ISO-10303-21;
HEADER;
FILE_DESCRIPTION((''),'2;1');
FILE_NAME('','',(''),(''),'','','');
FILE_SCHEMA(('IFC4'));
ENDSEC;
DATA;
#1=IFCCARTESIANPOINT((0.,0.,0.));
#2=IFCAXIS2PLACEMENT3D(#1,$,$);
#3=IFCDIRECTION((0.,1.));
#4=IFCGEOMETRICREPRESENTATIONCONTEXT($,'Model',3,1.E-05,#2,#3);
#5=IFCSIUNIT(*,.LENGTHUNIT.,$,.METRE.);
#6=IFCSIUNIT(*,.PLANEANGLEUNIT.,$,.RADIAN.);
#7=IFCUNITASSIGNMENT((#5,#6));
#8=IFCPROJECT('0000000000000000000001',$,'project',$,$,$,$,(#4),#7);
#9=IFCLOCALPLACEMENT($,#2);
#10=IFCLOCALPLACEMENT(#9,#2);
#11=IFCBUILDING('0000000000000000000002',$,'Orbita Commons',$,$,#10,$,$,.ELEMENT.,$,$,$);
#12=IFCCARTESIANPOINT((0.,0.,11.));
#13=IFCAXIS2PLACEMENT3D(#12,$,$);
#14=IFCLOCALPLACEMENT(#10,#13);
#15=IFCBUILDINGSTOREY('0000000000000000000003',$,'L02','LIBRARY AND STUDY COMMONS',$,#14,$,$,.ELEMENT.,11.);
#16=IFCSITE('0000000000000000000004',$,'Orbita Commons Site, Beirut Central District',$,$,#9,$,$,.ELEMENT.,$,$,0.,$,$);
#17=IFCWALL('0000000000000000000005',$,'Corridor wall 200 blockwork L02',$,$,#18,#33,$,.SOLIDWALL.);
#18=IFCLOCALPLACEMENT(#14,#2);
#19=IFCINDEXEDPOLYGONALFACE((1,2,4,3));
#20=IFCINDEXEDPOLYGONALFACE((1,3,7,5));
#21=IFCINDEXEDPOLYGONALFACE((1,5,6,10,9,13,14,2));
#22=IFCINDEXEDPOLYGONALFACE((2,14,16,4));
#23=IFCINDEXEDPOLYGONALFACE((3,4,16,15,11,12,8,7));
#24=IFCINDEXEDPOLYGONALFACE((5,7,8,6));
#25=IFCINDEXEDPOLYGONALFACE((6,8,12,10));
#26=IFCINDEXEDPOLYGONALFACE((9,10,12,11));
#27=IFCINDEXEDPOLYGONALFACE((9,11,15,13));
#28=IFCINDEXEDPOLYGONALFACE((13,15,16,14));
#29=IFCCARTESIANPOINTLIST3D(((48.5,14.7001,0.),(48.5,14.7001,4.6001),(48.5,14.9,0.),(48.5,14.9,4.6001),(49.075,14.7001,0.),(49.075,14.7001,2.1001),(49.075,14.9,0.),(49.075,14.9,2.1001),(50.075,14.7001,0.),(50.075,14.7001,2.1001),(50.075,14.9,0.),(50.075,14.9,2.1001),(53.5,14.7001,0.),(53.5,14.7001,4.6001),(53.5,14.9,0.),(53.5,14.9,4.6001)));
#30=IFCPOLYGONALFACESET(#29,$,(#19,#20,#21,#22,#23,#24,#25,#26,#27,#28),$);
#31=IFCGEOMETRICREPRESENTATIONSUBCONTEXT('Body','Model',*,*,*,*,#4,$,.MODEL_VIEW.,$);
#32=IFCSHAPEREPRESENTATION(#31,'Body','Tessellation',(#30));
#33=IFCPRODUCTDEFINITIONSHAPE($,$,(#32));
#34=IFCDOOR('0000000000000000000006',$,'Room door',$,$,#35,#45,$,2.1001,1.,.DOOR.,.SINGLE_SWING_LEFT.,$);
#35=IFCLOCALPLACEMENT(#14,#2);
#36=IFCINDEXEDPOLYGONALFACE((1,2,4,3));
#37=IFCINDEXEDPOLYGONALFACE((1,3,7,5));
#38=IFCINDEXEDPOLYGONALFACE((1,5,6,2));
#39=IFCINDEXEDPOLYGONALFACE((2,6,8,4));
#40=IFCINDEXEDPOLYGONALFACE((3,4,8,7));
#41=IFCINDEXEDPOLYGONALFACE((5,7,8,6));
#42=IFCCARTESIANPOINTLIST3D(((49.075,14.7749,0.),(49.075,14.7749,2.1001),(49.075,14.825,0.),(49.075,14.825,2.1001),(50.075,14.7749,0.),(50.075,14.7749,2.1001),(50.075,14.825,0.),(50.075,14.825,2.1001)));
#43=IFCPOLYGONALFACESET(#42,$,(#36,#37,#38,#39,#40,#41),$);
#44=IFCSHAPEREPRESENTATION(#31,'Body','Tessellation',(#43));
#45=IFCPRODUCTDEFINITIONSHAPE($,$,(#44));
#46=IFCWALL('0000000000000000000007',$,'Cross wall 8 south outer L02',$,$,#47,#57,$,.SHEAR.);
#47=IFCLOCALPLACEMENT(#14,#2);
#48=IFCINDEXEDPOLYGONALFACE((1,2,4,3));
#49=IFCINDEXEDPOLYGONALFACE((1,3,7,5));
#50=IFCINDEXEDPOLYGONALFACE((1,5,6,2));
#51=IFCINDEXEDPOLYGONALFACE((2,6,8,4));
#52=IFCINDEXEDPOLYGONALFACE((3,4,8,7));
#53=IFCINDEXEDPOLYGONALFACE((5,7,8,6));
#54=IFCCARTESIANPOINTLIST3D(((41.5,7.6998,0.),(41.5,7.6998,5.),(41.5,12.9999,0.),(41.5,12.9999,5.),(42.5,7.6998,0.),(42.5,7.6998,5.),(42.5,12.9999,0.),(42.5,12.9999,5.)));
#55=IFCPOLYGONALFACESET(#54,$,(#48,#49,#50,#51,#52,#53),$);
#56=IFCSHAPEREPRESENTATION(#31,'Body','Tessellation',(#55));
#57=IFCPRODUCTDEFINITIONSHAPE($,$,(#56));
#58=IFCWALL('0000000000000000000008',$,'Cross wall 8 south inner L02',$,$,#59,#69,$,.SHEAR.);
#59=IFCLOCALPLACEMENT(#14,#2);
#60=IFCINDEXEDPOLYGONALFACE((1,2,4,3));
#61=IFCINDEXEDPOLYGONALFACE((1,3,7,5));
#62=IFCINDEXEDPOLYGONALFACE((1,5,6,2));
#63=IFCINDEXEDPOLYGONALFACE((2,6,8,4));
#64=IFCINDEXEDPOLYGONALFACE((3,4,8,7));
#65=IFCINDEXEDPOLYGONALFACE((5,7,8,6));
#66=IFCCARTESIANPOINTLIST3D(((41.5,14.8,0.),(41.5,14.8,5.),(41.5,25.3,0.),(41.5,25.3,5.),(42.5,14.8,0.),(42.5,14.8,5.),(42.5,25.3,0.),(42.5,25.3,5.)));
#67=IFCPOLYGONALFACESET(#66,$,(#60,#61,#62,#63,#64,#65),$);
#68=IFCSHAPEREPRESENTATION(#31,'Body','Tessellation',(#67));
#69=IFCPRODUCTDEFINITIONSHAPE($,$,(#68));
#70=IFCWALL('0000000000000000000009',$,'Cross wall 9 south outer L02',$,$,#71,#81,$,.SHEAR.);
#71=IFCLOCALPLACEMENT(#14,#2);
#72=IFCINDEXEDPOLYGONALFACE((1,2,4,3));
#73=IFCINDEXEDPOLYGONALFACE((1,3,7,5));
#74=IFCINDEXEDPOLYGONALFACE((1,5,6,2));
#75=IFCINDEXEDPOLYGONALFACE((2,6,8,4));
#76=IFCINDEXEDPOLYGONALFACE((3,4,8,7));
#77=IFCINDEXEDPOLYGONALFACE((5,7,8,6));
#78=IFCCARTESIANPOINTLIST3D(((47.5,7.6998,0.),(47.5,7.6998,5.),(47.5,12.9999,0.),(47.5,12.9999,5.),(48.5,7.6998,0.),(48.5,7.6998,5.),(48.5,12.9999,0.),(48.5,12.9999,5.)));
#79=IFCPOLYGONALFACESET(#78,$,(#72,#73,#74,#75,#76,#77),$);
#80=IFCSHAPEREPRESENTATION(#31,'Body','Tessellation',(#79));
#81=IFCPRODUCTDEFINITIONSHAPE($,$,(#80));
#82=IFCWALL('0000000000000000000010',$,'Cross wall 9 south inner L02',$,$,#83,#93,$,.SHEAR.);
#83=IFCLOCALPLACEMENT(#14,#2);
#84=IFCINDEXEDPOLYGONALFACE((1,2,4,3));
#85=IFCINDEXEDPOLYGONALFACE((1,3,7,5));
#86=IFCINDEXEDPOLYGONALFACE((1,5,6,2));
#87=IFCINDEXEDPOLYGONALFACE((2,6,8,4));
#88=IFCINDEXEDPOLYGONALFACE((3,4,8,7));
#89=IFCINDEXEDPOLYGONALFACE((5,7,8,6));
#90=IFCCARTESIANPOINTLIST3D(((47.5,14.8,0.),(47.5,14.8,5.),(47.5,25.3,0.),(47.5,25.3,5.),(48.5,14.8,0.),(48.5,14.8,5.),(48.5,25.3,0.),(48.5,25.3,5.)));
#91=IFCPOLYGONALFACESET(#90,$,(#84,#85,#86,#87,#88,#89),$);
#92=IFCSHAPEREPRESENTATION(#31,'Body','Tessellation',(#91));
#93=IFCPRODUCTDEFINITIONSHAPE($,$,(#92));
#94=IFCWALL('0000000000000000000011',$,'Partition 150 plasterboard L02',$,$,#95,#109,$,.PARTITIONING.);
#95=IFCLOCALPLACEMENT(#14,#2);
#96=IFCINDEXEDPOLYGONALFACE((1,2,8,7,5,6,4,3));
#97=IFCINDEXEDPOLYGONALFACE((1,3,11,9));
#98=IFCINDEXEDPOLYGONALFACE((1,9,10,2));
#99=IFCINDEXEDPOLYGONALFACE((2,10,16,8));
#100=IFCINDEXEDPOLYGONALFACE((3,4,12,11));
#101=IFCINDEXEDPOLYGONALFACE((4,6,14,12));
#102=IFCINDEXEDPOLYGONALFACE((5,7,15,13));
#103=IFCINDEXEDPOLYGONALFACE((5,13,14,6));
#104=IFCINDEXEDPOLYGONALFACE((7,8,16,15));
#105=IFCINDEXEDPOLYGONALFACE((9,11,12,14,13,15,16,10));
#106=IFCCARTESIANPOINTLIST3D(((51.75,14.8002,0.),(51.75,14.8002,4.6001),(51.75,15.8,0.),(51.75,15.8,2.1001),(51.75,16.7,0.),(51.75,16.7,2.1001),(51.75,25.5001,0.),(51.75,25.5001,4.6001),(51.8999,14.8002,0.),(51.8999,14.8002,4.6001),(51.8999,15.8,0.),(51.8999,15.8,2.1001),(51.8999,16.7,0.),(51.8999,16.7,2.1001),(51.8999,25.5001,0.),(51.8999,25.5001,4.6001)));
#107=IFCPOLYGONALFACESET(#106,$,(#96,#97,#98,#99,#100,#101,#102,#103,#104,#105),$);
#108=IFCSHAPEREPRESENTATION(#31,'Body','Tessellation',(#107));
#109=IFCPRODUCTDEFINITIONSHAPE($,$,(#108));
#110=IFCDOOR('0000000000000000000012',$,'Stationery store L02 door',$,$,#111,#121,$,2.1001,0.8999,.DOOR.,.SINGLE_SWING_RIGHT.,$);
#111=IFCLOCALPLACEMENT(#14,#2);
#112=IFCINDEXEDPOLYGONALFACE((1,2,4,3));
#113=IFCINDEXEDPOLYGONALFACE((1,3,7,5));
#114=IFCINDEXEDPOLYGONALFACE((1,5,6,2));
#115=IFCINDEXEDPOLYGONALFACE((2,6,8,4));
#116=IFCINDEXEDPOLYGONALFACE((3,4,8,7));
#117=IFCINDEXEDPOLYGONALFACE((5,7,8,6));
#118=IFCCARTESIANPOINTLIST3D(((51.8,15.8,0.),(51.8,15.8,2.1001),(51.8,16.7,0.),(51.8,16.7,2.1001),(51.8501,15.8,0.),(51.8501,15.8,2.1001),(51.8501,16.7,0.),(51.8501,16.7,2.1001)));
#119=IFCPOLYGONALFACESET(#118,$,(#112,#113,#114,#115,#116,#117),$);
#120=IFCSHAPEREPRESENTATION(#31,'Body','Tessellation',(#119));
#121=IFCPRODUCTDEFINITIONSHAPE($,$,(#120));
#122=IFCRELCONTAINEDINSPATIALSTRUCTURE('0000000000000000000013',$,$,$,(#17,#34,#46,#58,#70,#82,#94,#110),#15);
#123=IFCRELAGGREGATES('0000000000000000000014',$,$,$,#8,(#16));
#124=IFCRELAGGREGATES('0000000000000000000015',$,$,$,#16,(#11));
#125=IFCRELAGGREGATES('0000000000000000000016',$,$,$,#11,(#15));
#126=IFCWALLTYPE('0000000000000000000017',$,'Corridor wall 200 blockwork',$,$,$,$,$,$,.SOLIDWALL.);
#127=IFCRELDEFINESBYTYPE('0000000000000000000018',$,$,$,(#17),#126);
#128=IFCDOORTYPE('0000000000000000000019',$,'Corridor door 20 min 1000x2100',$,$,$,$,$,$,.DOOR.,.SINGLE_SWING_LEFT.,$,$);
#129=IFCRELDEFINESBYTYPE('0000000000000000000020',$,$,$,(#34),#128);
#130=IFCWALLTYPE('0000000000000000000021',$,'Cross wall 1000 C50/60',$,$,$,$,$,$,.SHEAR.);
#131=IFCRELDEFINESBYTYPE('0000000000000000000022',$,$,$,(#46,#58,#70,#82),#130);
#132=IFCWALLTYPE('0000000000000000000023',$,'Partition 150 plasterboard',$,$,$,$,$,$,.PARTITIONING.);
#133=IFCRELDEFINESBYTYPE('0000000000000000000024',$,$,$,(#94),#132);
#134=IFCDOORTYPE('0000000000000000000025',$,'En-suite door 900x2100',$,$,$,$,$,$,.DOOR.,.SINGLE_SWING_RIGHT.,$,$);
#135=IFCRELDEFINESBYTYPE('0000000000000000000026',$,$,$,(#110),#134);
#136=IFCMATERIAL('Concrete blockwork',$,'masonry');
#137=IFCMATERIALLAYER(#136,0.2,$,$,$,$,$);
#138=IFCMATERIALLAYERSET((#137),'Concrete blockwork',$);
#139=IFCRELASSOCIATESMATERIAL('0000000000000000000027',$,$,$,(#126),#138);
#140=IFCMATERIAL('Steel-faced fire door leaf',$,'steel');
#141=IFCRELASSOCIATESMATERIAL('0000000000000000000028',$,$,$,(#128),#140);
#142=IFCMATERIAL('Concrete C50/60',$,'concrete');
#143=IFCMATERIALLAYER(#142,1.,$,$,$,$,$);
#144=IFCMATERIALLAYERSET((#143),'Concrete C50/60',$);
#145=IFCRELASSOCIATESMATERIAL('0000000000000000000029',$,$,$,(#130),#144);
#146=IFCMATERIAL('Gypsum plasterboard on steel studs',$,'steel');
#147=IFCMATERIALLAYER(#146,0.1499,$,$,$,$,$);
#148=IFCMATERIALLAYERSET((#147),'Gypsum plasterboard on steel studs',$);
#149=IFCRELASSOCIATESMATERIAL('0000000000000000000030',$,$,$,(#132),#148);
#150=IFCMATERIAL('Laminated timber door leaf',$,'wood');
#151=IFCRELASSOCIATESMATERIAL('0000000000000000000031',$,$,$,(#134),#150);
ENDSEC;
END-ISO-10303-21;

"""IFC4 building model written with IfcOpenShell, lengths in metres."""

from ifc_helpers import new_model, si_unit, direction, frame, frame_2d, origin, place, context, subcontext, project, spatial, rectangle, extrude, material, layer, layer_set, type_object, element, fill, save


model = new_model("IFC4")

# Units and contexts
model_context = context("Model", 3, precision=1e-05, world=origin(), true_north=direction((0.0, 1.0)))
body_context = subcontext(model_context, "Body", "Model", "MODEL_VIEW")
ifc_project = project(units=[si_unit("LENGTHUNIT", "METRE"), si_unit("PLANEANGLEUNIT", "RADIAN")], contexts=[model_context])

# Site, building, storey
site_placement = place(None, origin())
site = spatial("IfcSite", under=ifc_project, at=site_placement, Name="Orbita Commons Site, Beirut Central District", CompositionType="ELEMENT", RefElevation=0.0)
building_placement = place(site_placement, origin())
building = spatial("IfcBuilding", under=site, at=building_placement, Name="Orbita Commons", CompositionType="ELEMENT")
storey_placement = place(building_placement, frame((0.0, 0.0, 11.0)))
storey = spatial("IfcBuildingStorey", under=building, at=storey_placement, Name="L02", Description="LIBRARY AND STUDY COMMONS", CompositionType="ELEMENT", Elevation=11.0)

# Shared definitions
ifc_material_1 = material(Name="Concrete blockwork", Category="masonry")
ifc_layer_1 = layer(ifc_material_1, 0.2)
ifc_layer_set_1 = layer_set([ifc_layer_1], Name="Concrete blockwork")
wall_type_1 = type_object("IfcWallType", Name="Corridor wall 200 blockwork", PredefinedType="SOLIDWALL", material=ifc_layer_set_1)

# Wall, opening, door
ifc_material_2 = material(Name="Steel-faced fire door leaf", Category="steel")
door_type_1 = type_object("IfcDoorType", Name="Corridor door 20 min 1000x2100", OperationType="SINGLE_SWING_LEFT", PredefinedType="DOOR", material=ifc_material_2)
wall_1_placement = place(storey_placement, frame((48.5, 14.8, 0.0), z_axis=(0.0, 0.0, 1.0), x_axis=(1.0, 0.0, 0.0)))
wall_1 = element("IfcWall", 1, at=wall_1_placement, inside=storey, type_object=wall_type_1, Name="Corridor wall 200 blockwork L02", PredefinedType="SOLIDWALL", context=body_context, shape_type="SweptSolid", body=[
    extrude(rectangle(XDim=5.0, YDim=0.2, at=frame_2d((2.5, 0.0))), origin(), (0.0, 0.0, 1.0), 4.6001),
])
opening_1_placement = place(wall_1_placement, frame((0.575, 0.0, 0.0)))
opening_1 = element("IfcOpeningElement", 2, at=opening_1_placement, cuts=wall_1, PredefinedType="OPENING", context=body_context, shape_type="SweptSolid", body=[
    extrude(rectangle(XDim=1.0, YDim=2.1001, at=frame_2d((0.5, 1.05))), frame((0.0, 0.1099, 0.0), z_axis=(0.0, -1.0, 0.0), x_axis=(1.0, 0.0, 0.0)), (0.0, 0.0, 1.0), 0.22),
])
door_1_placement = place(opening_1_placement, origin())
door_1 = element("IfcDoor", 3, at=door_1_placement, inside=storey, type_object=door_type_1, Name="Room door", OperationType="SINGLE_SWING_LEFT", OverallHeight=2.1001, OverallWidth=1.0, PredefinedType="DOOR", context=body_context, shape_type="SweptSolid", body=[
    extrude(rectangle(XDim=1.0, YDim=2.1001, at=frame_2d((0.5, 1.05))), frame((0.0, 0.0249, 0.0), z_axis=(0.0, -1.0, 0.0), x_axis=(1.0, 0.0, 0.0)), (0.0, 0.0, 1.0), 0.05),
])
fill(opening_1, door_1)

# Walls
ifc_material_3 = material(Name="Concrete C50/60", Category="concrete")
ifc_layer_2 = layer(ifc_material_3, 1.0)
ifc_layer_set_2 = layer_set([ifc_layer_2], Name="Concrete C50/60")
wall_type_2 = type_object("IfcWallType", Name="Cross wall 1000 C50/60", PredefinedType="SHEAR", material=ifc_layer_set_2)
wall_2_placement = place(storey_placement, frame((42.0, 7.7, 0.0), z_axis=(0.0, 0.0, 1.0), x_axis=(0.0, 1.0, 0.0)))
element("IfcWall", 4, at=wall_2_placement, inside=storey, type_object=wall_type_2, Name="Cross wall 8 south outer L02", PredefinedType="SHEAR", context=body_context, shape_type="SweptSolid", body=[
    extrude(rectangle(XDim=5.3, YDim=1.0, at=frame_2d((2.6499, 0.0))), origin(), (0.0, 0.0, 1.0), 5.0),
])
wall_3_placement = place(storey_placement, frame((42.0, 14.8, 0.0), z_axis=(0.0, 0.0, 1.0), x_axis=(0.0, 1.0, 0.0)))
element("IfcWall", 5, at=wall_3_placement, inside=storey, type_object=wall_type_2, Name="Cross wall 8 south inner L02", PredefinedType="SHEAR", context=body_context, shape_type="SweptSolid", body=[
    extrude(rectangle(XDim=10.5, YDim=1.0, at=frame_2d((5.25, 0.0))), origin(), (0.0, 0.0, 1.0), 5.0),
])
wall_4_placement = place(storey_placement, frame((48.0, 7.7, 0.0), z_axis=(0.0, 0.0, 1.0), x_axis=(0.0, 1.0, 0.0)))
element("IfcWall", 6, at=wall_4_placement, inside=storey, type_object=wall_type_2, Name="Cross wall 9 south outer L02", PredefinedType="SHEAR", context=body_context, shape_type="SweptSolid", body=[
    extrude(rectangle(XDim=5.3, YDim=1.0, at=frame_2d((2.6499, 0.0))), origin(), (0.0, 0.0, 1.0), 5.0),
])
wall_5_placement = place(storey_placement, frame((48.0, 14.8, 0.0), z_axis=(0.0, 0.0, 1.0), x_axis=(0.0, 1.0, 0.0)))
element("IfcWall", 7, at=wall_5_placement, inside=storey, type_object=wall_type_2, Name="Cross wall 9 south inner L02", PredefinedType="SHEAR", context=body_context, shape_type="SweptSolid", body=[
    extrude(rectangle(XDim=10.5, YDim=1.0, at=frame_2d((5.25, 0.0))), origin(), (0.0, 0.0, 1.0), 5.0),
])

# Wall, opening, door
ifc_material_4 = material(Name="Gypsum plasterboard on steel studs", Category="steel")
ifc_layer_3 = layer(ifc_material_4, 0.1499)
ifc_layer_set_3 = layer_set([ifc_layer_3], Name="Gypsum plasterboard on steel studs")
wall_type_3 = type_object("IfcWallType", Name="Partition 150 plasterboard", PredefinedType="PARTITIONING", material=ifc_layer_set_3)
wall_6_placement = place(storey_placement, frame((51.825, 14.8, 0.0), z_axis=(0.0, 0.0, 1.0), x_axis=(0.0, 1.0, 0.0)))
wall_6 = element("IfcWall", 8, at=wall_6_placement, inside=storey, type_object=wall_type_3, Name="Partition 150 plasterboard L02", PredefinedType="PARTITIONING", context=body_context, shape_type="SweptSolid", body=[
    extrude(rectangle(XDim=10.7, YDim=0.1499, at=frame_2d((5.3501, 0.0))), origin(), (0.0, 0.0, 1.0), 4.6001),
])
opening_2_placement = place(wall_6_placement, frame((1.0, 0.0, 0.0)))
opening_2 = element("IfcOpeningElement", 9, at=opening_2_placement, cuts=wall_6, PredefinedType="OPENING", context=body_context, shape_type="SweptSolid", body=[
    extrude(rectangle(XDim=0.8999, YDim=2.1001, at=frame_2d((0.45, 1.05))), frame((0.0, 0.085, 0.0), z_axis=(0.0, -1.0, 0.0), x_axis=(1.0, 0.0, 0.0)), (0.0, 0.0, 1.0), 0.1699),
])
ifc_material_5 = material(Name="Laminated timber door leaf", Category="wood")
door_type_2 = type_object("IfcDoorType", Name="En-suite door 900x2100", OperationType="SINGLE_SWING_RIGHT", PredefinedType="DOOR", material=ifc_material_5)
door_2_placement = place(opening_2_placement, origin())
door_2 = element("IfcDoor", 10, at=door_2_placement, inside=storey, type_object=door_type_2, Name="Stationery store L02 door", OperationType="SINGLE_SWING_RIGHT", OverallHeight=2.1001, OverallWidth=0.8999, PredefinedType="DOOR", context=body_context, shape_type="SweptSolid", body=[
    extrude(rectangle(XDim=0.8999, YDim=2.1001, at=frame_2d((0.45, 1.05))), frame((0.0, 0.0249, 0.0), z_axis=(0.0, -1.0, 0.0), x_axis=(1.0, 0.0, 0.0)), (0.0, 0.0, 1.0), 0.05),
])
fill(opening_2, door_2)

save(model, "model.ifc")
